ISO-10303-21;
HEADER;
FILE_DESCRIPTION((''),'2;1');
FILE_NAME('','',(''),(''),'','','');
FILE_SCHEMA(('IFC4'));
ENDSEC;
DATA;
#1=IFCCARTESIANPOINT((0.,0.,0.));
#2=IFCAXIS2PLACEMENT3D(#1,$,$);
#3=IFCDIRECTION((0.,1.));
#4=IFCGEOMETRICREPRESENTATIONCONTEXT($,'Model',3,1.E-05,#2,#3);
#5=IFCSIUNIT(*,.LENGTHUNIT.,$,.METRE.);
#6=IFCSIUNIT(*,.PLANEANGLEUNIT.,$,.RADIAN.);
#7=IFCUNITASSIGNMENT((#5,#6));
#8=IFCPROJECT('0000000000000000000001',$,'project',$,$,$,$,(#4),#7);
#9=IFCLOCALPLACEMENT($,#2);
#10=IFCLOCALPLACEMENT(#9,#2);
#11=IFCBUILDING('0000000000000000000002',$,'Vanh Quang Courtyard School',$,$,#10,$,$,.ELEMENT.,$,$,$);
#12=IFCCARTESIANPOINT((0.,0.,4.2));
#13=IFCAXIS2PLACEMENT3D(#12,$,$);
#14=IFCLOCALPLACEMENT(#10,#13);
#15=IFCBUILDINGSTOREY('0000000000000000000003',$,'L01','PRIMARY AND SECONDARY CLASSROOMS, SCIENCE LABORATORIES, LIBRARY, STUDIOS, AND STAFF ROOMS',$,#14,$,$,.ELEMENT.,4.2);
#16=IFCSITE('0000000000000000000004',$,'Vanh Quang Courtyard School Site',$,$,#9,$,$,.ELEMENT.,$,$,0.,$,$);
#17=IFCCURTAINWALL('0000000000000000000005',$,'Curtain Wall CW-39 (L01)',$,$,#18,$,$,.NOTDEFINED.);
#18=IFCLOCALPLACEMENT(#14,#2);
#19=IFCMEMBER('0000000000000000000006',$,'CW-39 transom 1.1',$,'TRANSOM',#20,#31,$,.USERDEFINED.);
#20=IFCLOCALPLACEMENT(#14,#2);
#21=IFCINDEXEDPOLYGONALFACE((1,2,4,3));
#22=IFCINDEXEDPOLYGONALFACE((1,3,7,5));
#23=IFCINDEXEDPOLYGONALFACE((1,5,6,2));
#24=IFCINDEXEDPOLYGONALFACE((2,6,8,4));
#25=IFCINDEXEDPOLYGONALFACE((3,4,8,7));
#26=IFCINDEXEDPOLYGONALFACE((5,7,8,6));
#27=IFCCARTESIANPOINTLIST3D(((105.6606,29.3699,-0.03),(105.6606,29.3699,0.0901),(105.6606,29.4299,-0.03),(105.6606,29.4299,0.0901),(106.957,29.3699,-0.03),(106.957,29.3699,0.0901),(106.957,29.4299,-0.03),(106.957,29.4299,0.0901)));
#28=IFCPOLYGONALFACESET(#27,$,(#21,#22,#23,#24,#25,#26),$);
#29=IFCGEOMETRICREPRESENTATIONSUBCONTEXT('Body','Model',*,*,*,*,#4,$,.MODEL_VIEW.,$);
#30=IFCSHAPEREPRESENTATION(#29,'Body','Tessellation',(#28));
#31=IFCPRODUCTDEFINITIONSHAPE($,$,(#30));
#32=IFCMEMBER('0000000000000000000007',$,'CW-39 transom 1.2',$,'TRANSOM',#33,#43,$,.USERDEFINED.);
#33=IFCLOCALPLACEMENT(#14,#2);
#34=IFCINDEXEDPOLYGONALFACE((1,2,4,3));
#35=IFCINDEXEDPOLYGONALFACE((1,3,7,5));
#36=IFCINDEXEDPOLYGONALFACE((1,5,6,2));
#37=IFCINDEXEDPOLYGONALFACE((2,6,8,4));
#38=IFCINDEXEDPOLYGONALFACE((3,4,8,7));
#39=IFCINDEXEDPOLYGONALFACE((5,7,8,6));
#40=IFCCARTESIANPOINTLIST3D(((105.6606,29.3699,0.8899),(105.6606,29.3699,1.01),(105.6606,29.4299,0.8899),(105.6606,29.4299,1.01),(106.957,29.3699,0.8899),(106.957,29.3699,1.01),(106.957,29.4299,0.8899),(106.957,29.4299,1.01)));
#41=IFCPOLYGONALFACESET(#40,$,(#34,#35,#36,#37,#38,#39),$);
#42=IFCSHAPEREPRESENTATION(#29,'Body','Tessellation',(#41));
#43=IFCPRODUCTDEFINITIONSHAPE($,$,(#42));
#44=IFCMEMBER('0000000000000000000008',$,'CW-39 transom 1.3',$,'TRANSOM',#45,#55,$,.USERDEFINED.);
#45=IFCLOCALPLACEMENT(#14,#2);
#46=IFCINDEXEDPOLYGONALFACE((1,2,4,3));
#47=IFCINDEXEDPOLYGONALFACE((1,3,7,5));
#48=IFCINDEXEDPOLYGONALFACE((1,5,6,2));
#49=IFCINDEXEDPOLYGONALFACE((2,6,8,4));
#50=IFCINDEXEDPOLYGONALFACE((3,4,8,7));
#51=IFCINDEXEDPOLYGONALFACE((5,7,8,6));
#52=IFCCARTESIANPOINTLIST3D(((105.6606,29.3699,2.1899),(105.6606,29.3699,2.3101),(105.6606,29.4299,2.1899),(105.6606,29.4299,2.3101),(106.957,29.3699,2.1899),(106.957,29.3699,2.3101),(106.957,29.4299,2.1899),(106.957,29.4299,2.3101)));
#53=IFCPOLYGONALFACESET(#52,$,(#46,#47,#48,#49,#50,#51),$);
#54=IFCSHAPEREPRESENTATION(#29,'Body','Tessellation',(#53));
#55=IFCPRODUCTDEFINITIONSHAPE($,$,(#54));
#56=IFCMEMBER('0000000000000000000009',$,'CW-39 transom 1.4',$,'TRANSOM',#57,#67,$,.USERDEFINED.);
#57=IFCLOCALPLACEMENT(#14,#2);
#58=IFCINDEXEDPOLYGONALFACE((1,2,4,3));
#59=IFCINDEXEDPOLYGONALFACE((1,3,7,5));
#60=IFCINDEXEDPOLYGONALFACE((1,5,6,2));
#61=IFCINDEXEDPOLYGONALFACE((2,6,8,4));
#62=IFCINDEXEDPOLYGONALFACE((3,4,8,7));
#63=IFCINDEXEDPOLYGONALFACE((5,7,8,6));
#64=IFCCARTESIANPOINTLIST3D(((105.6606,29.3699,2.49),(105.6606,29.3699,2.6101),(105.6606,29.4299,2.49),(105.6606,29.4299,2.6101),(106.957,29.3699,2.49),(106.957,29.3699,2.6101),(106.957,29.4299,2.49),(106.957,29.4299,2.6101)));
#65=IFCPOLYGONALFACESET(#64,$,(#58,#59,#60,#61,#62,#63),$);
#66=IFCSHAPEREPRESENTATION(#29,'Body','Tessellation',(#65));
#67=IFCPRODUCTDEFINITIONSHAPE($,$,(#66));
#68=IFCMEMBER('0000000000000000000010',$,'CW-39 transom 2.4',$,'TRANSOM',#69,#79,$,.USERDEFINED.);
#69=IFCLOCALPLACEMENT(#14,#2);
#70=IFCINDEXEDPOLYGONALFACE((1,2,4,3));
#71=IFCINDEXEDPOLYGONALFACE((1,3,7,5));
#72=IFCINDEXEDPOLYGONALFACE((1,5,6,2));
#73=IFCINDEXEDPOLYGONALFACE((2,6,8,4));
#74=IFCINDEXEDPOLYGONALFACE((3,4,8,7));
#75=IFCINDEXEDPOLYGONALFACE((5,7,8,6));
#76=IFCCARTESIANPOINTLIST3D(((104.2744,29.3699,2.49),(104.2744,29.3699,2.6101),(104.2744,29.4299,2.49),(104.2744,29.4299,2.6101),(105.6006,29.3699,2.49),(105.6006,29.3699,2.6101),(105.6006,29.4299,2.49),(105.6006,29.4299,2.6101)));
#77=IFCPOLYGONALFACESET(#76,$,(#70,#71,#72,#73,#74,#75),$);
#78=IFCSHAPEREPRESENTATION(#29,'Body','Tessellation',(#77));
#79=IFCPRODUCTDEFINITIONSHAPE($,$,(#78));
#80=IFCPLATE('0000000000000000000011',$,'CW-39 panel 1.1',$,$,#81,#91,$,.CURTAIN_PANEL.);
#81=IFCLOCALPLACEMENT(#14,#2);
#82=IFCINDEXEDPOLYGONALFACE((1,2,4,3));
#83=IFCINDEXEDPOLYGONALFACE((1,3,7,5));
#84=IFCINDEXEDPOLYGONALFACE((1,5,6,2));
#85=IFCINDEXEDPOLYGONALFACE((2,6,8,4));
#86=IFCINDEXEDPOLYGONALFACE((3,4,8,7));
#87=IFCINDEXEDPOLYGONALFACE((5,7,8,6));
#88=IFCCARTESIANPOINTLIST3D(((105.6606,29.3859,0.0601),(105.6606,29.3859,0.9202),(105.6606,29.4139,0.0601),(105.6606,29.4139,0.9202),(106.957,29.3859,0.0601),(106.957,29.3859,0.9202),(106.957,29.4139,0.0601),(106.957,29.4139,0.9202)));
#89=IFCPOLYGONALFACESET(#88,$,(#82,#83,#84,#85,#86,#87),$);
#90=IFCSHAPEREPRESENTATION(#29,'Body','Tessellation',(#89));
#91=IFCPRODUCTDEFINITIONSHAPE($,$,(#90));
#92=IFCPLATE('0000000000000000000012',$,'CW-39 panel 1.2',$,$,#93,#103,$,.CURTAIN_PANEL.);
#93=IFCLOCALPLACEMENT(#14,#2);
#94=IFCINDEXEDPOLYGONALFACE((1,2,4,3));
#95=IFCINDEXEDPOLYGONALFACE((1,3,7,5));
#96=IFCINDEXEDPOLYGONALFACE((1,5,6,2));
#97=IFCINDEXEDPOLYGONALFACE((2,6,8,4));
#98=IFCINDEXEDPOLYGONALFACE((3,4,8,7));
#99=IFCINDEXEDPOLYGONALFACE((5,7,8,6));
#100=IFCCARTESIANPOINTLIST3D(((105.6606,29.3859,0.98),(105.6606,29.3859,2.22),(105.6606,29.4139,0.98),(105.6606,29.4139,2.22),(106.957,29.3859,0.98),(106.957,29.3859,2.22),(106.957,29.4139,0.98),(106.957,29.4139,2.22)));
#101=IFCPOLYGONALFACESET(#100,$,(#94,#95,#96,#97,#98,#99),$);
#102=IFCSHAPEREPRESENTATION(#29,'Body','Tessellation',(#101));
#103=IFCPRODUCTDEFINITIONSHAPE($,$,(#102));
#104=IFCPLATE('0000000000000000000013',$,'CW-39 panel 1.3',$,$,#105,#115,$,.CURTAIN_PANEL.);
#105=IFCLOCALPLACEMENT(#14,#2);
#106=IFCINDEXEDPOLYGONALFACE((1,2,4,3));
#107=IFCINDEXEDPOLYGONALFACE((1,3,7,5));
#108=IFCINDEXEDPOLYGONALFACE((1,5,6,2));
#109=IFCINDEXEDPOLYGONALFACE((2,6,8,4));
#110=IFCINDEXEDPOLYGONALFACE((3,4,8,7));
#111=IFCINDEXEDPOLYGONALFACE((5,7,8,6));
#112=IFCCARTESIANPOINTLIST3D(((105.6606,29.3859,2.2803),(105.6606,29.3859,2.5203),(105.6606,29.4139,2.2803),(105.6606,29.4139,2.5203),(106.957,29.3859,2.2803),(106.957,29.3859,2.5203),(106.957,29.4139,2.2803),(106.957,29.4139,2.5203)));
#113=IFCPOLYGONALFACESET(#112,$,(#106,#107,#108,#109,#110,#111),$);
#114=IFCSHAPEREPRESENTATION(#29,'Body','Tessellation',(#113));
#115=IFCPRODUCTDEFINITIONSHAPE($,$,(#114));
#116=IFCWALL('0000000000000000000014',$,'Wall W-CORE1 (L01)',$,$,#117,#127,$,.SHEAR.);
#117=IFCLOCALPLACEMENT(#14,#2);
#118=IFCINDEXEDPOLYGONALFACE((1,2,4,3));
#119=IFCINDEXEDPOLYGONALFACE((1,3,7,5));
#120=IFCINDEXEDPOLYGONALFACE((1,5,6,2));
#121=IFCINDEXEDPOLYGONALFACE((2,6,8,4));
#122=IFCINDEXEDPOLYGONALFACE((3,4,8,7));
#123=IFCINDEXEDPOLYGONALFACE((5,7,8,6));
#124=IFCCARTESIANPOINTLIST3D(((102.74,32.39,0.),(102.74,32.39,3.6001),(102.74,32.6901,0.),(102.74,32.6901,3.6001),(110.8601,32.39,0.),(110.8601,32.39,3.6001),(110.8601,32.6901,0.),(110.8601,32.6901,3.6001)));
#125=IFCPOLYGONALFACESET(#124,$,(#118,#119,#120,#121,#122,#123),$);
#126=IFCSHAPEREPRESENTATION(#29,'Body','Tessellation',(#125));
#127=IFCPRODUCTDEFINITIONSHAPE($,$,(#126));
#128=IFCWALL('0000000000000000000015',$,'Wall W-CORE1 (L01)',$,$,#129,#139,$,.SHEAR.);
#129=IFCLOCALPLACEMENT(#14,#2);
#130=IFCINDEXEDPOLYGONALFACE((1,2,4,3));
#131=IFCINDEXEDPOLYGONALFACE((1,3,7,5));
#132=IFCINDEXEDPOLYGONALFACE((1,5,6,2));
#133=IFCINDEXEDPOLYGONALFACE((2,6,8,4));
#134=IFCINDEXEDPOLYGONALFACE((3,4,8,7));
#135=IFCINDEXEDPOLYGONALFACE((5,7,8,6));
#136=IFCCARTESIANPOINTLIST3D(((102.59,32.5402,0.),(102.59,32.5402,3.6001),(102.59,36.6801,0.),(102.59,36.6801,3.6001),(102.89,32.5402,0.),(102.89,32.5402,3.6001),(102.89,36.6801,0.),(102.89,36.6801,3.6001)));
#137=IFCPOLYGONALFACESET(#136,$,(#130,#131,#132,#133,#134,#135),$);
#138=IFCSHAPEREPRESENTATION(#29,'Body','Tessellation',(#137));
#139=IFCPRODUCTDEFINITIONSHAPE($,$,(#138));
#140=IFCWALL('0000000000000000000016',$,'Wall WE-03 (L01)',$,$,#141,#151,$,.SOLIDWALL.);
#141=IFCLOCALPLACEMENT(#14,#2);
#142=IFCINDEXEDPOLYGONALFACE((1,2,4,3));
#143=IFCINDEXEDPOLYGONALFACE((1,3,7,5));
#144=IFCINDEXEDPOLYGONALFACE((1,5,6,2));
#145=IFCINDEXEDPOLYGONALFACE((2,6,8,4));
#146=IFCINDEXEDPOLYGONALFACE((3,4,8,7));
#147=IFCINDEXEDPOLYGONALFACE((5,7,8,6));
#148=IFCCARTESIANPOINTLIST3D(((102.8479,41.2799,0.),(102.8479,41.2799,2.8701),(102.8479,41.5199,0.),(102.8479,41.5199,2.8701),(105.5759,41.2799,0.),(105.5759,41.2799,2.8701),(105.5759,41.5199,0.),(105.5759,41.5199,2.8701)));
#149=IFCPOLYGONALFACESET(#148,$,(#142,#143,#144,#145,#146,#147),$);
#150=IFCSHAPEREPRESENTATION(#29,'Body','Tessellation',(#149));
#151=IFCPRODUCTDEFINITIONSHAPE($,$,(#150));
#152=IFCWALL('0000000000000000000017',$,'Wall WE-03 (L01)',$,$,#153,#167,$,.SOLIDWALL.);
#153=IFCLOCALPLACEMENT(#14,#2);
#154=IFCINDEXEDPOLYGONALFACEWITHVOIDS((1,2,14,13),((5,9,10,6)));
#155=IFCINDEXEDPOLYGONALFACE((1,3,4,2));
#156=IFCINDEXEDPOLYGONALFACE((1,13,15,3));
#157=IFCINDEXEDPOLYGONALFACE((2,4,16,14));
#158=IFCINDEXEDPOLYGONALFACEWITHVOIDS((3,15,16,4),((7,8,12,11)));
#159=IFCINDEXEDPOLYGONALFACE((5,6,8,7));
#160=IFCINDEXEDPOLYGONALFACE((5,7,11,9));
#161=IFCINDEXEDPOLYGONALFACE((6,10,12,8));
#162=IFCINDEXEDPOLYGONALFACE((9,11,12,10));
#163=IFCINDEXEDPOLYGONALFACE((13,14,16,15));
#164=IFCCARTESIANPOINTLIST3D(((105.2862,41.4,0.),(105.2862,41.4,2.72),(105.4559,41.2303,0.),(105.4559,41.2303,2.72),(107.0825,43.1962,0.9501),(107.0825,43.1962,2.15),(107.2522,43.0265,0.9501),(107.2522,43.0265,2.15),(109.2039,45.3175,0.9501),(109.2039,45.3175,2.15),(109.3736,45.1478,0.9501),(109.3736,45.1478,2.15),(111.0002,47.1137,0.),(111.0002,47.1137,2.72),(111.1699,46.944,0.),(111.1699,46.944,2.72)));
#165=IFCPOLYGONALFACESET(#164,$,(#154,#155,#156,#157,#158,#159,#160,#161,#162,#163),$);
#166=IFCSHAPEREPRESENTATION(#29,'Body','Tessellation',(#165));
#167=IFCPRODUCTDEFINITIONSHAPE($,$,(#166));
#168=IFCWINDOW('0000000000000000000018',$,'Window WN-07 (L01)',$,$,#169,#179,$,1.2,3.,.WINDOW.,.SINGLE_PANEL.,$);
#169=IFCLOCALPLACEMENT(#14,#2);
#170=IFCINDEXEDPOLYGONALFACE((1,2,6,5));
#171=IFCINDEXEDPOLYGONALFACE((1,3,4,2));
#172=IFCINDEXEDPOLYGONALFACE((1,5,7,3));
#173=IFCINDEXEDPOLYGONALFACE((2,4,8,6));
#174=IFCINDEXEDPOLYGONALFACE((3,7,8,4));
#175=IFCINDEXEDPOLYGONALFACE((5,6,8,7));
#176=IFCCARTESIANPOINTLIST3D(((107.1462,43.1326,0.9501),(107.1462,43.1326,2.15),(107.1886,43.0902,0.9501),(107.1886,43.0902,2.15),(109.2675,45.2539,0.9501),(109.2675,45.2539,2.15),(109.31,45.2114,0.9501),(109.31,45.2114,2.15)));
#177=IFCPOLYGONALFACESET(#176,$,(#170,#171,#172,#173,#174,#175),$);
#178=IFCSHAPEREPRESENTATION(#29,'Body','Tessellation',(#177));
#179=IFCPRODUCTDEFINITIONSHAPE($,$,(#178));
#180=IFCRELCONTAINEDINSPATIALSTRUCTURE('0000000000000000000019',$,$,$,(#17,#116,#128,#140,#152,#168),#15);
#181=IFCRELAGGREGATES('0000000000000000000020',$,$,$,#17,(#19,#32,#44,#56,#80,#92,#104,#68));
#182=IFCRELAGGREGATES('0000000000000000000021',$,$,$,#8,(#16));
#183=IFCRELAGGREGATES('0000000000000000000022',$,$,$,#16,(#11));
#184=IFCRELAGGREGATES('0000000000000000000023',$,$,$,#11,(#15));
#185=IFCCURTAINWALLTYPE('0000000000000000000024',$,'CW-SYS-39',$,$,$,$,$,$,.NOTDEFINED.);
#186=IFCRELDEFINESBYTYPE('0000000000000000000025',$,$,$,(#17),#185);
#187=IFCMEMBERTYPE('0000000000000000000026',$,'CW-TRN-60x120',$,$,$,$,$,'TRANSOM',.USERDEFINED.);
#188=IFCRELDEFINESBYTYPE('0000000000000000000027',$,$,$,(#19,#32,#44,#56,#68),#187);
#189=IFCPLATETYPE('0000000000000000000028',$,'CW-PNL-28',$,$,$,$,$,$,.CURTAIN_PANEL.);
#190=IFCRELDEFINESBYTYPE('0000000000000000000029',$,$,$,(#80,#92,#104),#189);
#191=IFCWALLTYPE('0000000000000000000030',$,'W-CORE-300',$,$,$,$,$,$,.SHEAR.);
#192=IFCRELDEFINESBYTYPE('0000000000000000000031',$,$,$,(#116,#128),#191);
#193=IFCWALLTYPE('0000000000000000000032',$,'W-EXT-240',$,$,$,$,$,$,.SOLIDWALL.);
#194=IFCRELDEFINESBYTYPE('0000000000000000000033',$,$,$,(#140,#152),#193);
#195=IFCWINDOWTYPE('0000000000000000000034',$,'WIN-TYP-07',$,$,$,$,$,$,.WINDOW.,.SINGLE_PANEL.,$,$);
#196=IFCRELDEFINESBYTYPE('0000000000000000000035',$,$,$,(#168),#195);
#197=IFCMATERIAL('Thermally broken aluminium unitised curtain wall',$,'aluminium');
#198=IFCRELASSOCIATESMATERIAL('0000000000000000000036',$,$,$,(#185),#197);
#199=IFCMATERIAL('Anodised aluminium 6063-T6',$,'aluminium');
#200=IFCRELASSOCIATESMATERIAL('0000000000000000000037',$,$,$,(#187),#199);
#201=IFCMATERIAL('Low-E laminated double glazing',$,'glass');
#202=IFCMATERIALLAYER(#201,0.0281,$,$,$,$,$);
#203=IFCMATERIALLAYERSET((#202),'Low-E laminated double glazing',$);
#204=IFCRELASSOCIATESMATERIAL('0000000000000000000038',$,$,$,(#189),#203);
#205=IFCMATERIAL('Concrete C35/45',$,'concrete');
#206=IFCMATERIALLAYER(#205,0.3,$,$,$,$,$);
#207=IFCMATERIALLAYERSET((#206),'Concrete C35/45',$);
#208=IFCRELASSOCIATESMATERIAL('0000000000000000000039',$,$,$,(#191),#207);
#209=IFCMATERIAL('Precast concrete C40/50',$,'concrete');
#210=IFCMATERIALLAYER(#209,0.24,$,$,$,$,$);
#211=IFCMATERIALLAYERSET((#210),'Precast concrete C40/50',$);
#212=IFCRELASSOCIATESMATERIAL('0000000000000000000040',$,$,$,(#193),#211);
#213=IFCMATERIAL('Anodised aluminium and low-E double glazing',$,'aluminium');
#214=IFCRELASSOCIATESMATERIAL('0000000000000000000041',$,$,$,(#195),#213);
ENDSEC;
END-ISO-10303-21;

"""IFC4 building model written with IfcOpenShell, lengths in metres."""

from ifc_helpers import new_model, si_unit, direction, frame, frame_2d, origin, origin_2d, place, context, subcontext, project, spatial, rectangle, extrude, material, layer, layer_set, material_profile, profile_set, type_object, element, fill, aggregate, save


model = new_model("IFC4")

# Units and contexts
model_context = context("Model", 3, precision=1e-05, world=origin(), true_north=direction((0.0, 1.0)))
body_context = subcontext(model_context, "Body", "Model", "MODEL_VIEW")
ifc_project = project(units=[si_unit("LENGTHUNIT", "METRE"), si_unit("PLANEANGLEUNIT", "RADIAN")], contexts=[model_context])

# Site, building, storey
site_placement = place(None, origin())
site = spatial("IfcSite", under=ifc_project, at=site_placement, Name="Vanh Quang Courtyard School Site", CompositionType="ELEMENT", RefElevation=0.0)
building_placement = place(site_placement, origin())
building = spatial("IfcBuilding", under=site, at=building_placement, Name="Vanh Quang Courtyard School", CompositionType="ELEMENT")
storey_placement = place(building_placement, frame((0.0, 0.0, 4.2)))
storey = spatial("IfcBuildingStorey", under=building, at=storey_placement, Name="L01", Description="PRIMARY AND SECONDARY CLASSROOMS, SCIENCE LABORATORIES, LIBRARY, STUDIOS, AND STAFF ROOMS", CompositionType="ELEMENT", Elevation=4.2)

# Shared definitions
ifc_material_1 = material(Name="Concrete C35/45", Category="concrete")

# Curtain wall, members, plates
ifc_material_2 = material(Name="Thermally broken aluminium unitised curtain wall", Category="aluminium")
curtain_wall_type = type_object("IfcCurtainWallType", Name="CW-SYS-39", PredefinedType="NOTDEFINED", material=ifc_material_2)
curtain_wall_placement = place(storey_placement, origin())
curtain_wall = element("IfcCurtainWall", 1, at=curtain_wall_placement, inside=storey, type_object=curtain_wall_type, Name="Curtain Wall CW-39 (L01)", PredefinedType="NOTDEFINED")
ifc_material_3 = material(Name="Anodised aluminium 6063-T6", Category="aluminium")
ifc_material_profile_1 = material_profile(ifc_material_3, rectangle(XDim=0.0601, YDim=0.1201, at=origin_2d()), Name="ALU-TRN 60x120")
ifc_profile_set_1 = profile_set([ifc_material_profile_1], Name="Anodised aluminium 6063-T6")
member_type_1 = type_object("IfcMemberType", Name="CW-TRN-60x120", ElementType="TRANSOM", PredefinedType="USERDEFINED", material=ifc_profile_set_1)
member_1_placement = place(storey_placement, frame((106.957, 29.3999, 0.03), z_axis=(-1.0, 0.0, 0.0), x_axis=(0.0, -1.0, 0.0)))
member_1 = element("IfcMember", 2, at=member_1_placement, type_object=member_type_1, Name="CW-39 transom 1.1", ObjectType="TRANSOM", PredefinedType="USERDEFINED", context=body_context, shape_type="SweptSolid", body=[
    extrude(rectangle(XDim=0.0601, YDim=0.1201, at=origin_2d()), origin(), (0.0, 0.0, 1.0), 1.2964),
])
member_2_placement = place(storey_placement, frame((106.957, 29.3999, 0.95), z_axis=(-1.0, 0.0, 0.0), x_axis=(0.0, -1.0, 0.0)))
member_2 = element("IfcMember", 3, at=member_2_placement, type_object=member_type_1, Name="CW-39 transom 1.2", ObjectType="TRANSOM", PredefinedType="USERDEFINED", context=body_context, shape_type="SweptSolid", body=[
    extrude(rectangle(XDim=0.0601, YDim=0.1201, at=origin_2d()), origin(), (0.0, 0.0, 1.0), 1.2964),
])
member_3_placement = place(storey_placement, frame((106.957, 29.3999, 2.25), z_axis=(-1.0, 0.0, 0.0), x_axis=(0.0, -1.0, 0.0)))
member_3 = element("IfcMember", 4, at=member_3_placement, type_object=member_type_1, Name="CW-39 transom 1.3", ObjectType="TRANSOM", PredefinedType="USERDEFINED", context=body_context, shape_type="SweptSolid", body=[
    extrude(rectangle(XDim=0.0601, YDim=0.1201, at=origin_2d()), origin(), (0.0, 0.0, 1.0), 1.2964),
])
member_4_placement = place(storey_placement, frame((106.957, 29.3999, 2.55), z_axis=(-1.0, 0.0, 0.0), x_axis=(0.0, -1.0, 0.0)))
member_4 = element("IfcMember", 5, at=member_4_placement, type_object=member_type_1, Name="CW-39 transom 1.4", ObjectType="TRANSOM", PredefinedType="USERDEFINED", context=body_context, shape_type="SweptSolid", body=[
    extrude(rectangle(XDim=0.0601, YDim=0.1201, at=origin_2d()), origin(), (0.0, 0.0, 1.0), 1.2964),
])
member_5_placement = place(storey_placement, frame((105.6006, 29.3999, 2.55), z_axis=(-1.0, 0.0, 0.0), x_axis=(0.0, -1.0, 0.0)))
member_5 = element("IfcMember", 6, at=member_5_placement, type_object=member_type_1, Name="CW-39 transom 2.4", ObjectType="TRANSOM", PredefinedType="USERDEFINED", context=body_context, shape_type="SweptSolid", body=[
    extrude(rectangle(XDim=0.0601, YDim=0.1201, at=origin_2d()), origin(), (0.0, 0.0, 1.0), 1.3262),
])
ifc_material_4 = material(Name="Low-E laminated double glazing", Category="glass")
ifc_layer_1 = layer(ifc_material_4, 0.0281)
ifc_layer_set_1 = layer_set([ifc_layer_1], Name="Low-E laminated double glazing")
plate_type = type_object("IfcPlateType", Name="CW-PNL-28", PredefinedType="CURTAIN_PANEL", material=ifc_layer_set_1)
plate_1_placement = place(storey_placement, frame((106.3088, 29.3999, 0.0601), z_axis=(0.0, 0.0, 1.0), x_axis=(-1.0, 0.0, 0.0)))
plate_1 = element("IfcPlate", 7, at=plate_1_placement, type_object=plate_type, Name="CW-39 panel 1.1", PredefinedType="CURTAIN_PANEL", context=body_context, shape_type="SweptSolid", body=[
    extrude(rectangle(XDim=1.2964, YDim=0.0281, at=origin_2d()), origin(), (0.0, 0.0, 1.0), 0.8601),
])
plate_2_placement = place(storey_placement, frame((106.3088, 29.3999, 0.98), z_axis=(0.0, 0.0, 1.0), x_axis=(-1.0, 0.0, 0.0)))
plate_2 = element("IfcPlate", 8, at=plate_2_placement, type_object=plate_type, Name="CW-39 panel 1.2", PredefinedType="CURTAIN_PANEL", context=body_context, shape_type="SweptSolid", body=[
    extrude(rectangle(XDim=1.2964, YDim=0.0281, at=origin_2d()), origin(), (0.0, 0.0, 1.0), 1.24),
])
plate_3_placement = place(storey_placement, frame((106.3088, 29.3999, 2.2803), z_axis=(0.0, 0.0, 1.0), x_axis=(-1.0, 0.0, 0.0)))
plate_3 = element("IfcPlate", 9, at=plate_3_placement, type_object=plate_type, Name="CW-39 panel 1.3", PredefinedType="CURTAIN_PANEL", context=body_context, shape_type="SweptSolid", body=[
    extrude(rectangle(XDim=1.2964, YDim=0.0281, at=origin_2d()), origin(), (0.0, 0.0, 1.0), 0.24),
])
aggregate(curtain_wall, [member_1, member_2, member_3, member_4, plate_1, plate_2, plate_3, member_5])

# Walls
ifc_layer_2 = layer(ifc_material_1, 0.3)
ifc_layer_set_2 = layer_set([ifc_layer_2], Name="Concrete C35/45")
wall_type_1 = type_object("IfcWallType", Name="W-CORE-300", PredefinedType="SHEAR", material=ifc_layer_set_2)
wall_1_placement = place(storey_placement, frame((102.74, 32.54, 0.0), z_axis=(0.0, 0.0, 1.0), x_axis=(1.0, 0.0, 0.0)))
element("IfcWall", 10, at=wall_1_placement, inside=storey, type_object=wall_type_1, Name="Wall W-CORE1 (L01)", PredefinedType="SHEAR", context=body_context, shape_type="SweptSolid", body=[
    extrude(rectangle(XDim=8.1201, YDim=0.3, at=frame_2d((4.0601, 0.0))), origin(), (0.0, 0.0, 1.0), 3.6001),
])
wall_2_placement = place(storey_placement, frame((102.74, 36.6799, 0.0), z_axis=(0.0, 0.0, 1.0), x_axis=(0.0, -1.0, 0.0)))
element("IfcWall", 11, at=wall_2_placement, inside=storey, type_object=wall_type_1, Name="Wall W-CORE1 (L01)", PredefinedType="SHEAR", context=body_context, shape_type="SweptSolid", body=[
    extrude(rectangle(XDim=4.1399, YDim=0.3, at=frame_2d((2.0698, 0.0))), origin(), (0.0, 0.0, 1.0), 3.6001),
])
ifc_material_5 = material(Name="Precast concrete C40/50", Category="concrete")
ifc_layer_3 = layer(ifc_material_5, 0.24)
ifc_layer_set_3 = layer_set([ifc_layer_3], Name="Precast concrete C40/50")
wall_type_2 = type_object("IfcWallType", Name="W-EXT-240", PredefinedType="SOLIDWALL", material=ifc_layer_set_3)
wall_3_placement = place(storey_placement, frame((102.8479, 41.3999, 0.0), z_axis=(0.0, 0.0, 1.0), x_axis=(1.0, 0.0, 0.0)))
element("IfcWall", 12, at=wall_3_placement, inside=storey, type_object=wall_type_2, Name="Wall WE-03 (L01)", PredefinedType="SOLIDWALL", context=body_context, shape_type="SweptSolid", body=[
    extrude(rectangle(XDim=2.728, YDim=0.24, at=frame_2d((1.364, 0.0))), origin(), (0.0, 0.0, 1.0), 2.8701),
])

# Wall, opening, window
wall_4_placement = place(storey_placement, frame((105.3711, 41.3152, 0.0), z_axis=(0.0, 0.0, 1.0), x_axis=(0.707122, 0.707092, 0.0)))
wall_4 = element("IfcWall", 13, at=wall_4_placement, inside=storey, type_object=wall_type_2, Name="Wall WE-03 (L01)", PredefinedType="SOLIDWALL", context=body_context, shape_type="SweptSolid", body=[
    extrude(rectangle(XDim=8.0806, YDim=0.24, at=frame_2d((4.0403, 0.0))), origin(), (0.0, 0.0, 1.0), 2.72),
])
opening_1_placement = place(wall_4_placement, frame((2.5403, 0.0, 0.95)))
opening_1 = element("IfcOpeningElement", 14, at=opening_1_placement, cuts=wall_4, PredefinedType="OPENING", context=body_context, shape_type="SweptSolid", body=[
    extrude(rectangle(XDim=3.0, YDim=1.2, at=frame_2d((1.5, 0.6001))), frame((0.0, 0.1299, 0.0), z_axis=(0.0, -1.0, 0.0), x_axis=(1.0, 0.0, 0.0)), (0.0, 0.0, 1.0), 0.26),
])
ifc_material_6 = material(Name="Anodised aluminium and low-E double glazing", Category="aluminium")
window_type = type_object("IfcWindowType", Name="WIN-TYP-07", PartitioningType="SINGLE_PANEL", PredefinedType="WINDOW", material=ifc_material_6)
window_placement = place(opening_1_placement, origin())
window = element("IfcWindow", 15, at=window_placement, inside=storey, type_object=window_type, Name="Window WN-07 (L01)", OverallHeight=1.2, OverallWidth=3.0, PartitioningType="SINGLE_PANEL", PredefinedType="WINDOW", context=body_context, shape_type="SweptSolid", body=[
    extrude(rectangle(XDim=3.0, YDim=1.2, at=frame_2d((1.5, 0.6001))), frame((0.0, 0.03, 0.0), z_axis=(0.0, -1.0, 0.0), x_axis=(1.0, 0.0, 0.0)), (0.0, 0.0, 1.0), 0.0601),
])
fill(opening_1, window)

save(model, "model.ifc")
